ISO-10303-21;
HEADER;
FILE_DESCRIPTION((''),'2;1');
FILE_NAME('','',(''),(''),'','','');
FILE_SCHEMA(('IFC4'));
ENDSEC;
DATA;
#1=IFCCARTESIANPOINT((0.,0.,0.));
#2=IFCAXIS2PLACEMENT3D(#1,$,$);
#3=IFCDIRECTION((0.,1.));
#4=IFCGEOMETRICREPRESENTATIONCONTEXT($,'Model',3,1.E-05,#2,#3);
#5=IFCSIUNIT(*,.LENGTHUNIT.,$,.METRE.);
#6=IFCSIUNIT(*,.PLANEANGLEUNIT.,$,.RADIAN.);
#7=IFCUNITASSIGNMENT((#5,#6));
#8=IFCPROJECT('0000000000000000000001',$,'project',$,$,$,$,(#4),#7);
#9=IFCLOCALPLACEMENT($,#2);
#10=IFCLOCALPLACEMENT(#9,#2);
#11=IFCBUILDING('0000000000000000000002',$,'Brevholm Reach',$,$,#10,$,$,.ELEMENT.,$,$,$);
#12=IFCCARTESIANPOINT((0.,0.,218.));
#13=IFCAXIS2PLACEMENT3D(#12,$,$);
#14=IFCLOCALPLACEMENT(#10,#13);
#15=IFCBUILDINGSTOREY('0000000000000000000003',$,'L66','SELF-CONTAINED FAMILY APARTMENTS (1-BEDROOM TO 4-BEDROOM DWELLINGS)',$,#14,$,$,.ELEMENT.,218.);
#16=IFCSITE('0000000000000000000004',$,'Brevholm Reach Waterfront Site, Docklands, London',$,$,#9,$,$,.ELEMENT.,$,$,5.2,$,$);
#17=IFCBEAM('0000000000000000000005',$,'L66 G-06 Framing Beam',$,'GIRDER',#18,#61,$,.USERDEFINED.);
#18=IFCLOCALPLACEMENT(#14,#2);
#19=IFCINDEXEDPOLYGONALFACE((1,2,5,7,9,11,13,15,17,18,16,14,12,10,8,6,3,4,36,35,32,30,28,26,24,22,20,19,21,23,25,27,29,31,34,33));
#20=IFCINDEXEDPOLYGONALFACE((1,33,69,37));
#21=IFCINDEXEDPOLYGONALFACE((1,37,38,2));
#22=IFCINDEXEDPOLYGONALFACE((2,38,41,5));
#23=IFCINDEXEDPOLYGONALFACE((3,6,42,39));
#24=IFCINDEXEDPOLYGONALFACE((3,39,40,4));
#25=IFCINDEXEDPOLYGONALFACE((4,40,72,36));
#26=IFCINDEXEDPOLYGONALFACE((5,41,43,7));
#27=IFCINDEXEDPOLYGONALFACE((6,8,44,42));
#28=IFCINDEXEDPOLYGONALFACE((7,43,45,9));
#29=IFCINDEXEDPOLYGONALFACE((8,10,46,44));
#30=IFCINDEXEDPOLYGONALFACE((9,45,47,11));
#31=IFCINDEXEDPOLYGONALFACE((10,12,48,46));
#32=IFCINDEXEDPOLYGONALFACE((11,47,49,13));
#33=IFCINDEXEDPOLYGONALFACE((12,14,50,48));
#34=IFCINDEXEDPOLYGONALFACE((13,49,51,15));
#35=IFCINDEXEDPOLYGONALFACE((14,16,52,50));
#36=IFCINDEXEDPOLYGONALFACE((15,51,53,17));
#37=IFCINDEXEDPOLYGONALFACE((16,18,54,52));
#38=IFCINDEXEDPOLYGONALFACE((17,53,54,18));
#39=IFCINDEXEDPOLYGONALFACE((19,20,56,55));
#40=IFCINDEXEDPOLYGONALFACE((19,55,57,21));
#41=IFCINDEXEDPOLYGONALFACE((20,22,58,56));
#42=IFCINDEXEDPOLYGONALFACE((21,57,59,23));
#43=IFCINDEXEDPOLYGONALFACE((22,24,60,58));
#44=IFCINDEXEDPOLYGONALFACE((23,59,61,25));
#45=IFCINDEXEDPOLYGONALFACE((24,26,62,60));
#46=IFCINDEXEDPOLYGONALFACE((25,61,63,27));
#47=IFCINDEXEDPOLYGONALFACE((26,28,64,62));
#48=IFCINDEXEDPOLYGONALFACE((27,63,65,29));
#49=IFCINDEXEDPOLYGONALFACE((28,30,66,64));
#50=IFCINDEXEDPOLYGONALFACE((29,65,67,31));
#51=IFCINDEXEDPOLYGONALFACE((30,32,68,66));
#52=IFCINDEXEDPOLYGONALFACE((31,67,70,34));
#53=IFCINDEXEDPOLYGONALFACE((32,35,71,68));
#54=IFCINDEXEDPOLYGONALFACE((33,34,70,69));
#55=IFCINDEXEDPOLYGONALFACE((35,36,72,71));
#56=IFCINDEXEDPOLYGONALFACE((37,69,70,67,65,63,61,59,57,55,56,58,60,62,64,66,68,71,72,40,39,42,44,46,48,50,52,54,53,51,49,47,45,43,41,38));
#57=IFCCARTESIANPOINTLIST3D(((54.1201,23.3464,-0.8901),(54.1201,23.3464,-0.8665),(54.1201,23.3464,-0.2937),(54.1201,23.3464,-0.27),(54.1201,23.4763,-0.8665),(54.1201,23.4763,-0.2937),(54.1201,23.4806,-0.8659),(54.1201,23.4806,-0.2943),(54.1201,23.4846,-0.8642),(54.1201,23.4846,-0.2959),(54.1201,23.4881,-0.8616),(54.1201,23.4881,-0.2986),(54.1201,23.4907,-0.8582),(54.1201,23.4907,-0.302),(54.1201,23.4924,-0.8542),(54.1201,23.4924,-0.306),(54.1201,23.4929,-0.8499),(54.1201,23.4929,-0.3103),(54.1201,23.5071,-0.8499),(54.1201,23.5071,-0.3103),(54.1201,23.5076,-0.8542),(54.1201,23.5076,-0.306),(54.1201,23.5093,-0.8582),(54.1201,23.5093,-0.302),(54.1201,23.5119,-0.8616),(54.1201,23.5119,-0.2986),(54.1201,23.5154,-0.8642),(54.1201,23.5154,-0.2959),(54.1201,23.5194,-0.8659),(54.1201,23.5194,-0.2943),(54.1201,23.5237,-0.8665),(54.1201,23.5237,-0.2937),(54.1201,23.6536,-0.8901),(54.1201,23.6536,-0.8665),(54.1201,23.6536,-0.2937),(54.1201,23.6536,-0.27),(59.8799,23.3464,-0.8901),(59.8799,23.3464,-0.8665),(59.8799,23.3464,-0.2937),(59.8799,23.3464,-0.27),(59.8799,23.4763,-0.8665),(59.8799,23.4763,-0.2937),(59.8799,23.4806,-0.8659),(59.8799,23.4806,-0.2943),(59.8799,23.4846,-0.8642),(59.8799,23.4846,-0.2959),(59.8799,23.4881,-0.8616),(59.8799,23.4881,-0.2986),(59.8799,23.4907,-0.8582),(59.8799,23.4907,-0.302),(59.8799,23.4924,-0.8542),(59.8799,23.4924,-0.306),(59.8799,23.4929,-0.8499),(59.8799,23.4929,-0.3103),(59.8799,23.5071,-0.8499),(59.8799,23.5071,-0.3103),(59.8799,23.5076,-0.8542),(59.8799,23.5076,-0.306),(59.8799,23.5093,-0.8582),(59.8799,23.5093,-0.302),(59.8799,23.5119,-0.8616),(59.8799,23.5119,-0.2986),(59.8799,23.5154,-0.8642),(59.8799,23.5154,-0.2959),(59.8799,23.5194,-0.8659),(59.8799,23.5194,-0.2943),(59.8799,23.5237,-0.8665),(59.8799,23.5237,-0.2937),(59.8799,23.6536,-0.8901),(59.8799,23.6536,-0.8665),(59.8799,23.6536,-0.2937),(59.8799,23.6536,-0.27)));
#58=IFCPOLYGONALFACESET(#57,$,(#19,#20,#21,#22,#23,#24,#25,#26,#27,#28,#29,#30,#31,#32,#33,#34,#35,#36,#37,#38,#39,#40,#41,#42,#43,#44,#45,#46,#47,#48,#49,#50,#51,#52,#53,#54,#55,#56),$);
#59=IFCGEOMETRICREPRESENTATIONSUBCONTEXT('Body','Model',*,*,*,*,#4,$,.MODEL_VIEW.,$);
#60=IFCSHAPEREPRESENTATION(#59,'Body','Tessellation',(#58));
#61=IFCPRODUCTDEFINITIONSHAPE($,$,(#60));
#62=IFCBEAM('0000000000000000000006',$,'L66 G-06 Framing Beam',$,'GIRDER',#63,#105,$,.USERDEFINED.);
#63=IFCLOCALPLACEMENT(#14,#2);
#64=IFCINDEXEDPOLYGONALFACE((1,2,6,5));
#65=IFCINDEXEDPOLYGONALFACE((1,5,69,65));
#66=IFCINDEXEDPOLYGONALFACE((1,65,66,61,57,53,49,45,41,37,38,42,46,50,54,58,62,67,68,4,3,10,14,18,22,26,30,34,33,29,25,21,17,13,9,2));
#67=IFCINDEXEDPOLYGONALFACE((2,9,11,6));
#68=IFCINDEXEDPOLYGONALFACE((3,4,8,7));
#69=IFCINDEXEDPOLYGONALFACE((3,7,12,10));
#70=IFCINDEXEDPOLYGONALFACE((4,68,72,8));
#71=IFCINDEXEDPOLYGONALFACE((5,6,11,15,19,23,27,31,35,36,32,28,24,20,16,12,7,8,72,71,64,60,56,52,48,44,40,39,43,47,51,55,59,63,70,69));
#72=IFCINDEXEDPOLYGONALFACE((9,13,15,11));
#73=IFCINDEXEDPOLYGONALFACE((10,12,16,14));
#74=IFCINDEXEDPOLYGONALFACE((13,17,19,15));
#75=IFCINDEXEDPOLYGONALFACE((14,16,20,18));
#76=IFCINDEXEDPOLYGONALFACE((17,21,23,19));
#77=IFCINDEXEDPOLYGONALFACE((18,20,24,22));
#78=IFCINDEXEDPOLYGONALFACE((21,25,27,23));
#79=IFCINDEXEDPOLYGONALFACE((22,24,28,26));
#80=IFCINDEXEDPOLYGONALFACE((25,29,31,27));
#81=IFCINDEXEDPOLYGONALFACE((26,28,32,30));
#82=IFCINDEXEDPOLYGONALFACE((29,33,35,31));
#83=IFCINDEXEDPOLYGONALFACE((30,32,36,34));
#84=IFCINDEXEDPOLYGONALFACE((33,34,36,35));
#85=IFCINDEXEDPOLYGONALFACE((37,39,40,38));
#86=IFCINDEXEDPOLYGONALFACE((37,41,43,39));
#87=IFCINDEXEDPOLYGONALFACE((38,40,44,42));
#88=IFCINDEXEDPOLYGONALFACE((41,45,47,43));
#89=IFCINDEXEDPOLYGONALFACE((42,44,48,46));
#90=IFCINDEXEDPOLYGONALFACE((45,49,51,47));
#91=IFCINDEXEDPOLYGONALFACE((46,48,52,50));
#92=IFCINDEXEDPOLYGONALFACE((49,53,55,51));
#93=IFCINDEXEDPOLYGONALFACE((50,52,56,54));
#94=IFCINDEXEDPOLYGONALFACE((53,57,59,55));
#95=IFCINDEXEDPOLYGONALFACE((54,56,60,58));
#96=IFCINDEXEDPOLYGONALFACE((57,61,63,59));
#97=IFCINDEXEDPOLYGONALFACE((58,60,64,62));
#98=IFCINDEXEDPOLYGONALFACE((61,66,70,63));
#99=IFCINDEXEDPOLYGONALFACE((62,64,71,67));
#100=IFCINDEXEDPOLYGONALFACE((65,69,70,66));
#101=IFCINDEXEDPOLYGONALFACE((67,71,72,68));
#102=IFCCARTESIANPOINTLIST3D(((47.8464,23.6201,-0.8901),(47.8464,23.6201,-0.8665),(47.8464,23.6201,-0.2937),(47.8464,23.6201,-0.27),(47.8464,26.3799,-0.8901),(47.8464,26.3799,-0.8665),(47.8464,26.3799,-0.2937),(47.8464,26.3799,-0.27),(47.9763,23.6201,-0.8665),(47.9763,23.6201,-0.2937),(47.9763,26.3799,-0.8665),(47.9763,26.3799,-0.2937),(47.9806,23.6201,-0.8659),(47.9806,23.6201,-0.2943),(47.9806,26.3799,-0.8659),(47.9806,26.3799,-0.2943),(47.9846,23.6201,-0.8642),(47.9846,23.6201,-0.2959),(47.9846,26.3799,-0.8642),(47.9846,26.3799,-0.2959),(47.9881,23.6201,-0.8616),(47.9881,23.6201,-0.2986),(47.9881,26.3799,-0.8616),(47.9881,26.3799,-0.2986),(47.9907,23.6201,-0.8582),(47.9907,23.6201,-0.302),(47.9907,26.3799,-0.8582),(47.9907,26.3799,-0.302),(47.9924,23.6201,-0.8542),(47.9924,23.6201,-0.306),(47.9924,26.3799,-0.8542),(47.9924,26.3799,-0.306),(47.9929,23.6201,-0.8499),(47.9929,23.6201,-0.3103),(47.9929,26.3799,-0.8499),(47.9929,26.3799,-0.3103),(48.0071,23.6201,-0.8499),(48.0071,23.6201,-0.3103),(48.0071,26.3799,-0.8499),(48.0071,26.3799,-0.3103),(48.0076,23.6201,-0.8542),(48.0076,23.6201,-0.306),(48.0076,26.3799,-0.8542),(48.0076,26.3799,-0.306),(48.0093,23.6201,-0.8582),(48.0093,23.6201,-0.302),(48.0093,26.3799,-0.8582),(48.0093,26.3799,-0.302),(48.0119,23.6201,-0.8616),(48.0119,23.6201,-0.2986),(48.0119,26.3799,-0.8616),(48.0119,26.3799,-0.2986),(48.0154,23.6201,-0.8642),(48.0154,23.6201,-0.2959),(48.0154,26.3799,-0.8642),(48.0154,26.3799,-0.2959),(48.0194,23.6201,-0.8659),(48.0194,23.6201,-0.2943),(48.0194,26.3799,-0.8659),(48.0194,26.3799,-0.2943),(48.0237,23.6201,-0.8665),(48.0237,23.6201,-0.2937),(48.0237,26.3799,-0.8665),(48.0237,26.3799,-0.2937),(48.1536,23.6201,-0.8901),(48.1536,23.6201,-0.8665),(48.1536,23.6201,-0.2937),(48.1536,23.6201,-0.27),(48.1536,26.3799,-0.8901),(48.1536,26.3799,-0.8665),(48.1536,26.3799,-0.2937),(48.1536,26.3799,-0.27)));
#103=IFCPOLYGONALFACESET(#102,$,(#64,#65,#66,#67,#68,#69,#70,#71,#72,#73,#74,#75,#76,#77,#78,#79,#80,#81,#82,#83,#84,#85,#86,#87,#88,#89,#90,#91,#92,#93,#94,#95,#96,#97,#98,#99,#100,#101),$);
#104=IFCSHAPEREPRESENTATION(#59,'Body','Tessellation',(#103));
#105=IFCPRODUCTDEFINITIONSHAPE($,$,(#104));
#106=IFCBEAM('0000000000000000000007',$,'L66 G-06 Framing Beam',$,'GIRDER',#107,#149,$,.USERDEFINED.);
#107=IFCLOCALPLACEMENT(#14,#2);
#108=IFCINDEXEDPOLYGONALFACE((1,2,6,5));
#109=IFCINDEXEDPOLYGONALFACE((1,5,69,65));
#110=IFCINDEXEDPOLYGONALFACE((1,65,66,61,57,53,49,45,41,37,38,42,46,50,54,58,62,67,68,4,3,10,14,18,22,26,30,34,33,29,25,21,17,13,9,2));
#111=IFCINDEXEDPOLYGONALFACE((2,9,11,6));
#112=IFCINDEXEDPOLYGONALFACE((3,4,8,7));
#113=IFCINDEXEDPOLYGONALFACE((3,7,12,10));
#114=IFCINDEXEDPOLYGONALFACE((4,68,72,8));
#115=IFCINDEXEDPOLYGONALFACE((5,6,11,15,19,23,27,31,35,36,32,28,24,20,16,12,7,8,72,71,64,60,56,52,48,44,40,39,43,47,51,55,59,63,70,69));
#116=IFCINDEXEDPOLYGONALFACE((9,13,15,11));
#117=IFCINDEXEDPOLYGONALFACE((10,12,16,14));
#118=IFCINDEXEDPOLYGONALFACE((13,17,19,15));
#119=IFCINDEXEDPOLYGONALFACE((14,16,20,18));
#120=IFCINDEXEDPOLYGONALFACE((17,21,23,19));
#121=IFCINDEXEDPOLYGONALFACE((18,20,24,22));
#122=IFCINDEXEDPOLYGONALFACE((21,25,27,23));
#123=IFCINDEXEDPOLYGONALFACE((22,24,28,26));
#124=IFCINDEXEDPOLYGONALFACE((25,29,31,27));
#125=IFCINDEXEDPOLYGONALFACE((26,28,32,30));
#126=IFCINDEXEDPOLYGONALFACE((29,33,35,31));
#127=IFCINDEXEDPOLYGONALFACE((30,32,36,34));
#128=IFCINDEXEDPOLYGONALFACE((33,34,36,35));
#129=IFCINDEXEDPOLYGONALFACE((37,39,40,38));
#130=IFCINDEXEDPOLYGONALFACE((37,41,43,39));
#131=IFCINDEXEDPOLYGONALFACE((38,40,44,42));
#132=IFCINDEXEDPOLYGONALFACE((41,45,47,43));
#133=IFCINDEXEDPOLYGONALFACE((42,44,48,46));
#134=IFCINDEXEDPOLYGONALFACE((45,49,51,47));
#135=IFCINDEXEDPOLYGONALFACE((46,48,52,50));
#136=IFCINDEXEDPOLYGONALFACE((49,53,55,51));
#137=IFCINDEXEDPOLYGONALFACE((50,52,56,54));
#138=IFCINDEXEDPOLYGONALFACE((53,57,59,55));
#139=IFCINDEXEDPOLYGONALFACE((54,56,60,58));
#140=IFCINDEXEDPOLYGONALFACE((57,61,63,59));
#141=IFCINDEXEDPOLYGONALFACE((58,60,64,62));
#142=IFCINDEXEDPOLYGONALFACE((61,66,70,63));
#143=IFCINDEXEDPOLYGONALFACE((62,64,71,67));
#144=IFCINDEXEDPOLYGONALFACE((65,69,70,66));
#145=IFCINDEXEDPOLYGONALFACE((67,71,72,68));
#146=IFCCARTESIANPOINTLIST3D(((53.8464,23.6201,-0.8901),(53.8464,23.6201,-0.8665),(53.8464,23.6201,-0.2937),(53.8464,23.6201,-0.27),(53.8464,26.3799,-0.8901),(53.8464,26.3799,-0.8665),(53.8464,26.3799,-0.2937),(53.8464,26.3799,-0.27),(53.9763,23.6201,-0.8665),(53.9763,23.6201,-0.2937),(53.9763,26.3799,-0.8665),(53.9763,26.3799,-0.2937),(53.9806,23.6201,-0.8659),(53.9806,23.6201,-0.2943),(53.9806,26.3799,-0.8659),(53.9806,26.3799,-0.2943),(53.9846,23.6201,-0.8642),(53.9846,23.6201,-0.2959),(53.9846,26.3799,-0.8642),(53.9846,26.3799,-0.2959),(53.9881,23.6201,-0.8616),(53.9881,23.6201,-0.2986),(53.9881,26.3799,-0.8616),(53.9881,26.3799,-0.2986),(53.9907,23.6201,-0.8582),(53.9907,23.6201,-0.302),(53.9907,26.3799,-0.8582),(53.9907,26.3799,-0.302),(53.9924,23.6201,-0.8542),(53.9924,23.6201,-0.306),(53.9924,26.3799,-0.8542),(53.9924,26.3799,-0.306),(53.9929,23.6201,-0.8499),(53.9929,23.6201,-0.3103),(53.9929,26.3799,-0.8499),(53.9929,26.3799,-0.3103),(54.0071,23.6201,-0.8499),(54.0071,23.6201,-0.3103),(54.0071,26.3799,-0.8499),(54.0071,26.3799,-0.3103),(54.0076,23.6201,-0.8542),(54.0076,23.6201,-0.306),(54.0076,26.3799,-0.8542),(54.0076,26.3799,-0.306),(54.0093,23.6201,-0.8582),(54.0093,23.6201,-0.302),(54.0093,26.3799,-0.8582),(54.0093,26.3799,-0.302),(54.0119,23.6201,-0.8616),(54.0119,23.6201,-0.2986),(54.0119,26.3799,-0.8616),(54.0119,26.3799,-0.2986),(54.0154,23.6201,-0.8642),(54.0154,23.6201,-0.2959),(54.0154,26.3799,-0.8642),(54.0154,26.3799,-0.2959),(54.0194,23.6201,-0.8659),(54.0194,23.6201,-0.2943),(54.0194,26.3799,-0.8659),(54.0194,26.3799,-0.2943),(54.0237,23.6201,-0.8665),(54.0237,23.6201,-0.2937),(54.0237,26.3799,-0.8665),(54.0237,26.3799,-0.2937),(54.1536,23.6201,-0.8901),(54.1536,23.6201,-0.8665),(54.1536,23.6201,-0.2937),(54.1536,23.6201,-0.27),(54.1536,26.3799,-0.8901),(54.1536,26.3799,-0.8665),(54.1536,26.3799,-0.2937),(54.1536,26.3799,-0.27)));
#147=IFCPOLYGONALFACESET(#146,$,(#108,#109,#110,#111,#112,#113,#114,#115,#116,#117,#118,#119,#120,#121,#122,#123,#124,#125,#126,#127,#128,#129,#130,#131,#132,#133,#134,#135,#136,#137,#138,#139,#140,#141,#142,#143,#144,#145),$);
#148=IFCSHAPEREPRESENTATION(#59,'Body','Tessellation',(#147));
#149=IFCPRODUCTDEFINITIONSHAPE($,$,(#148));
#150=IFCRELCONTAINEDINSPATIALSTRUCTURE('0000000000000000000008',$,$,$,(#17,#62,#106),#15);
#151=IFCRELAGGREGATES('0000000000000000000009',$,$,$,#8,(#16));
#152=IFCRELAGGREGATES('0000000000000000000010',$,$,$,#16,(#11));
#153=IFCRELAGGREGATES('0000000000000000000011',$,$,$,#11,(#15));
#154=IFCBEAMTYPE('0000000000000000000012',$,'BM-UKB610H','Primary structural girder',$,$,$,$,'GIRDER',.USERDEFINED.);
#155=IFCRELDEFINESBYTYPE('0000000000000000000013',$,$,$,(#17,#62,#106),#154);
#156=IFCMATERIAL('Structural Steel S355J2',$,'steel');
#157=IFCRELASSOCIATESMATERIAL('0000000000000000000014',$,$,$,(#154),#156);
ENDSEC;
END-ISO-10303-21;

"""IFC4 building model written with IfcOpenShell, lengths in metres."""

from ifc_helpers import new_model, si_unit, direction, frame, origin, origin_2d, place, context, subcontext, project, spatial, i_section, extrude, material, material_profile, profile_set, type_object, element, save


model = new_model("IFC4")

# Units and contexts
model_context = context("Model", 3, precision=1e-05, world=origin(), true_north=direction((0.0, 1.0)))
body_context = subcontext(model_context, "Body", "Model", "MODEL_VIEW")
ifc_project = project(units=[si_unit("LENGTHUNIT", "METRE"), si_unit("PLANEANGLEUNIT", "RADIAN")], contexts=[model_context])

# Site, building, storey
site_placement = place(None, origin())
site = spatial("IfcSite", under=ifc_project, at=site_placement, Name="Brevholm Reach Waterfront Site, Docklands, London", CompositionType="ELEMENT", RefElevation=5.2)
building_placement = place(site_placement, origin())
building = spatial("IfcBuilding", under=site, at=building_placement, Name="Brevholm Reach", CompositionType="ELEMENT")
storey_placement = place(building_placement, frame((0.0, 0.0, 218.0)))
storey = spatial("IfcBuildingStorey", under=building, at=storey_placement, Name="L66", Description="SELF-CONTAINED FAMILY APARTMENTS (1-BEDROOM TO 4-BEDROOM DWELLINGS)", CompositionType="ELEMENT", Elevation=218.0)

# Beams
ifc_material_1 = material(Name="Structural Steel S355J2", Category="steel")
ifc_material_profile_1 = material_profile(ifc_material_1, i_section(OverallWidth=0.3071, OverallDepth=0.6201, WebThickness=0.0142, FlangeThickness=0.0237, FilletRadius=0.0166, at=origin_2d()), Name="UKB 610x305x179")
ifc_profile_set_1 = profile_set([ifc_material_profile_1], Name="Structural Steel S355J2")
beam_type_1 = type_object("IfcBeamType", Name="BM-UKB610H", Description="Primary structural girder", ElementType="GIRDER", PredefinedType="USERDEFINED", material=ifc_profile_set_1)
for number, where, z_axis, x_axis, name in (
    (1, (54.1201, 23.5, -0.5801), (1.0, 0.0, 0.0), (0.0, 1.0, 0.0), "L66 G-06 Framing Beam"),
):
    element("IfcBeam", number, at=place(storey_placement, frame(where, z_axis=z_axis, x_axis=x_axis)), inside=storey, type_object=beam_type_1, Name=name, ObjectType="GIRDER", PredefinedType="USERDEFINED", context=body_context, shape_type="SweptSolid", body=[
        extrude(i_section(OverallWidth=0.3071, OverallDepth=0.6201, WebThickness=0.0142, FlangeThickness=0.0237, FilletRadius=0.0166, at=origin_2d()), origin(), (0.0, 0.0, 1.0), 5.7598),
    ])
for number, where, z_axis, x_axis, name in (
    (2, (48.0, 23.6201, -0.5801), (0.0, 1.0, 0.0), (-1.0, 0.0, 0.0), "L66 G-06 Framing Beam"),
    (3, (54.0, 23.6201, -0.5801), (0.0, 1.0, 0.0), (-1.0, 0.0, 0.0), "L66 G-06 Framing Beam"),
):
    element("IfcBeam", number, at=place(storey_placement, frame(where, z_axis=z_axis, x_axis=x_axis)), inside=storey, type_object=beam_type_1, Name=name, ObjectType="GIRDER", PredefinedType="USERDEFINED", context=body_context, shape_type="SweptSolid", body=[
        extrude(i_section(OverallWidth=0.3071, OverallDepth=0.6201, WebThickness=0.0142, FlangeThickness=0.0237, FilletRadius=0.0166, at=origin_2d()), origin(), (0.0, 0.0, 1.0), 2.7598),
    ])

save(model, "model.ifc")
